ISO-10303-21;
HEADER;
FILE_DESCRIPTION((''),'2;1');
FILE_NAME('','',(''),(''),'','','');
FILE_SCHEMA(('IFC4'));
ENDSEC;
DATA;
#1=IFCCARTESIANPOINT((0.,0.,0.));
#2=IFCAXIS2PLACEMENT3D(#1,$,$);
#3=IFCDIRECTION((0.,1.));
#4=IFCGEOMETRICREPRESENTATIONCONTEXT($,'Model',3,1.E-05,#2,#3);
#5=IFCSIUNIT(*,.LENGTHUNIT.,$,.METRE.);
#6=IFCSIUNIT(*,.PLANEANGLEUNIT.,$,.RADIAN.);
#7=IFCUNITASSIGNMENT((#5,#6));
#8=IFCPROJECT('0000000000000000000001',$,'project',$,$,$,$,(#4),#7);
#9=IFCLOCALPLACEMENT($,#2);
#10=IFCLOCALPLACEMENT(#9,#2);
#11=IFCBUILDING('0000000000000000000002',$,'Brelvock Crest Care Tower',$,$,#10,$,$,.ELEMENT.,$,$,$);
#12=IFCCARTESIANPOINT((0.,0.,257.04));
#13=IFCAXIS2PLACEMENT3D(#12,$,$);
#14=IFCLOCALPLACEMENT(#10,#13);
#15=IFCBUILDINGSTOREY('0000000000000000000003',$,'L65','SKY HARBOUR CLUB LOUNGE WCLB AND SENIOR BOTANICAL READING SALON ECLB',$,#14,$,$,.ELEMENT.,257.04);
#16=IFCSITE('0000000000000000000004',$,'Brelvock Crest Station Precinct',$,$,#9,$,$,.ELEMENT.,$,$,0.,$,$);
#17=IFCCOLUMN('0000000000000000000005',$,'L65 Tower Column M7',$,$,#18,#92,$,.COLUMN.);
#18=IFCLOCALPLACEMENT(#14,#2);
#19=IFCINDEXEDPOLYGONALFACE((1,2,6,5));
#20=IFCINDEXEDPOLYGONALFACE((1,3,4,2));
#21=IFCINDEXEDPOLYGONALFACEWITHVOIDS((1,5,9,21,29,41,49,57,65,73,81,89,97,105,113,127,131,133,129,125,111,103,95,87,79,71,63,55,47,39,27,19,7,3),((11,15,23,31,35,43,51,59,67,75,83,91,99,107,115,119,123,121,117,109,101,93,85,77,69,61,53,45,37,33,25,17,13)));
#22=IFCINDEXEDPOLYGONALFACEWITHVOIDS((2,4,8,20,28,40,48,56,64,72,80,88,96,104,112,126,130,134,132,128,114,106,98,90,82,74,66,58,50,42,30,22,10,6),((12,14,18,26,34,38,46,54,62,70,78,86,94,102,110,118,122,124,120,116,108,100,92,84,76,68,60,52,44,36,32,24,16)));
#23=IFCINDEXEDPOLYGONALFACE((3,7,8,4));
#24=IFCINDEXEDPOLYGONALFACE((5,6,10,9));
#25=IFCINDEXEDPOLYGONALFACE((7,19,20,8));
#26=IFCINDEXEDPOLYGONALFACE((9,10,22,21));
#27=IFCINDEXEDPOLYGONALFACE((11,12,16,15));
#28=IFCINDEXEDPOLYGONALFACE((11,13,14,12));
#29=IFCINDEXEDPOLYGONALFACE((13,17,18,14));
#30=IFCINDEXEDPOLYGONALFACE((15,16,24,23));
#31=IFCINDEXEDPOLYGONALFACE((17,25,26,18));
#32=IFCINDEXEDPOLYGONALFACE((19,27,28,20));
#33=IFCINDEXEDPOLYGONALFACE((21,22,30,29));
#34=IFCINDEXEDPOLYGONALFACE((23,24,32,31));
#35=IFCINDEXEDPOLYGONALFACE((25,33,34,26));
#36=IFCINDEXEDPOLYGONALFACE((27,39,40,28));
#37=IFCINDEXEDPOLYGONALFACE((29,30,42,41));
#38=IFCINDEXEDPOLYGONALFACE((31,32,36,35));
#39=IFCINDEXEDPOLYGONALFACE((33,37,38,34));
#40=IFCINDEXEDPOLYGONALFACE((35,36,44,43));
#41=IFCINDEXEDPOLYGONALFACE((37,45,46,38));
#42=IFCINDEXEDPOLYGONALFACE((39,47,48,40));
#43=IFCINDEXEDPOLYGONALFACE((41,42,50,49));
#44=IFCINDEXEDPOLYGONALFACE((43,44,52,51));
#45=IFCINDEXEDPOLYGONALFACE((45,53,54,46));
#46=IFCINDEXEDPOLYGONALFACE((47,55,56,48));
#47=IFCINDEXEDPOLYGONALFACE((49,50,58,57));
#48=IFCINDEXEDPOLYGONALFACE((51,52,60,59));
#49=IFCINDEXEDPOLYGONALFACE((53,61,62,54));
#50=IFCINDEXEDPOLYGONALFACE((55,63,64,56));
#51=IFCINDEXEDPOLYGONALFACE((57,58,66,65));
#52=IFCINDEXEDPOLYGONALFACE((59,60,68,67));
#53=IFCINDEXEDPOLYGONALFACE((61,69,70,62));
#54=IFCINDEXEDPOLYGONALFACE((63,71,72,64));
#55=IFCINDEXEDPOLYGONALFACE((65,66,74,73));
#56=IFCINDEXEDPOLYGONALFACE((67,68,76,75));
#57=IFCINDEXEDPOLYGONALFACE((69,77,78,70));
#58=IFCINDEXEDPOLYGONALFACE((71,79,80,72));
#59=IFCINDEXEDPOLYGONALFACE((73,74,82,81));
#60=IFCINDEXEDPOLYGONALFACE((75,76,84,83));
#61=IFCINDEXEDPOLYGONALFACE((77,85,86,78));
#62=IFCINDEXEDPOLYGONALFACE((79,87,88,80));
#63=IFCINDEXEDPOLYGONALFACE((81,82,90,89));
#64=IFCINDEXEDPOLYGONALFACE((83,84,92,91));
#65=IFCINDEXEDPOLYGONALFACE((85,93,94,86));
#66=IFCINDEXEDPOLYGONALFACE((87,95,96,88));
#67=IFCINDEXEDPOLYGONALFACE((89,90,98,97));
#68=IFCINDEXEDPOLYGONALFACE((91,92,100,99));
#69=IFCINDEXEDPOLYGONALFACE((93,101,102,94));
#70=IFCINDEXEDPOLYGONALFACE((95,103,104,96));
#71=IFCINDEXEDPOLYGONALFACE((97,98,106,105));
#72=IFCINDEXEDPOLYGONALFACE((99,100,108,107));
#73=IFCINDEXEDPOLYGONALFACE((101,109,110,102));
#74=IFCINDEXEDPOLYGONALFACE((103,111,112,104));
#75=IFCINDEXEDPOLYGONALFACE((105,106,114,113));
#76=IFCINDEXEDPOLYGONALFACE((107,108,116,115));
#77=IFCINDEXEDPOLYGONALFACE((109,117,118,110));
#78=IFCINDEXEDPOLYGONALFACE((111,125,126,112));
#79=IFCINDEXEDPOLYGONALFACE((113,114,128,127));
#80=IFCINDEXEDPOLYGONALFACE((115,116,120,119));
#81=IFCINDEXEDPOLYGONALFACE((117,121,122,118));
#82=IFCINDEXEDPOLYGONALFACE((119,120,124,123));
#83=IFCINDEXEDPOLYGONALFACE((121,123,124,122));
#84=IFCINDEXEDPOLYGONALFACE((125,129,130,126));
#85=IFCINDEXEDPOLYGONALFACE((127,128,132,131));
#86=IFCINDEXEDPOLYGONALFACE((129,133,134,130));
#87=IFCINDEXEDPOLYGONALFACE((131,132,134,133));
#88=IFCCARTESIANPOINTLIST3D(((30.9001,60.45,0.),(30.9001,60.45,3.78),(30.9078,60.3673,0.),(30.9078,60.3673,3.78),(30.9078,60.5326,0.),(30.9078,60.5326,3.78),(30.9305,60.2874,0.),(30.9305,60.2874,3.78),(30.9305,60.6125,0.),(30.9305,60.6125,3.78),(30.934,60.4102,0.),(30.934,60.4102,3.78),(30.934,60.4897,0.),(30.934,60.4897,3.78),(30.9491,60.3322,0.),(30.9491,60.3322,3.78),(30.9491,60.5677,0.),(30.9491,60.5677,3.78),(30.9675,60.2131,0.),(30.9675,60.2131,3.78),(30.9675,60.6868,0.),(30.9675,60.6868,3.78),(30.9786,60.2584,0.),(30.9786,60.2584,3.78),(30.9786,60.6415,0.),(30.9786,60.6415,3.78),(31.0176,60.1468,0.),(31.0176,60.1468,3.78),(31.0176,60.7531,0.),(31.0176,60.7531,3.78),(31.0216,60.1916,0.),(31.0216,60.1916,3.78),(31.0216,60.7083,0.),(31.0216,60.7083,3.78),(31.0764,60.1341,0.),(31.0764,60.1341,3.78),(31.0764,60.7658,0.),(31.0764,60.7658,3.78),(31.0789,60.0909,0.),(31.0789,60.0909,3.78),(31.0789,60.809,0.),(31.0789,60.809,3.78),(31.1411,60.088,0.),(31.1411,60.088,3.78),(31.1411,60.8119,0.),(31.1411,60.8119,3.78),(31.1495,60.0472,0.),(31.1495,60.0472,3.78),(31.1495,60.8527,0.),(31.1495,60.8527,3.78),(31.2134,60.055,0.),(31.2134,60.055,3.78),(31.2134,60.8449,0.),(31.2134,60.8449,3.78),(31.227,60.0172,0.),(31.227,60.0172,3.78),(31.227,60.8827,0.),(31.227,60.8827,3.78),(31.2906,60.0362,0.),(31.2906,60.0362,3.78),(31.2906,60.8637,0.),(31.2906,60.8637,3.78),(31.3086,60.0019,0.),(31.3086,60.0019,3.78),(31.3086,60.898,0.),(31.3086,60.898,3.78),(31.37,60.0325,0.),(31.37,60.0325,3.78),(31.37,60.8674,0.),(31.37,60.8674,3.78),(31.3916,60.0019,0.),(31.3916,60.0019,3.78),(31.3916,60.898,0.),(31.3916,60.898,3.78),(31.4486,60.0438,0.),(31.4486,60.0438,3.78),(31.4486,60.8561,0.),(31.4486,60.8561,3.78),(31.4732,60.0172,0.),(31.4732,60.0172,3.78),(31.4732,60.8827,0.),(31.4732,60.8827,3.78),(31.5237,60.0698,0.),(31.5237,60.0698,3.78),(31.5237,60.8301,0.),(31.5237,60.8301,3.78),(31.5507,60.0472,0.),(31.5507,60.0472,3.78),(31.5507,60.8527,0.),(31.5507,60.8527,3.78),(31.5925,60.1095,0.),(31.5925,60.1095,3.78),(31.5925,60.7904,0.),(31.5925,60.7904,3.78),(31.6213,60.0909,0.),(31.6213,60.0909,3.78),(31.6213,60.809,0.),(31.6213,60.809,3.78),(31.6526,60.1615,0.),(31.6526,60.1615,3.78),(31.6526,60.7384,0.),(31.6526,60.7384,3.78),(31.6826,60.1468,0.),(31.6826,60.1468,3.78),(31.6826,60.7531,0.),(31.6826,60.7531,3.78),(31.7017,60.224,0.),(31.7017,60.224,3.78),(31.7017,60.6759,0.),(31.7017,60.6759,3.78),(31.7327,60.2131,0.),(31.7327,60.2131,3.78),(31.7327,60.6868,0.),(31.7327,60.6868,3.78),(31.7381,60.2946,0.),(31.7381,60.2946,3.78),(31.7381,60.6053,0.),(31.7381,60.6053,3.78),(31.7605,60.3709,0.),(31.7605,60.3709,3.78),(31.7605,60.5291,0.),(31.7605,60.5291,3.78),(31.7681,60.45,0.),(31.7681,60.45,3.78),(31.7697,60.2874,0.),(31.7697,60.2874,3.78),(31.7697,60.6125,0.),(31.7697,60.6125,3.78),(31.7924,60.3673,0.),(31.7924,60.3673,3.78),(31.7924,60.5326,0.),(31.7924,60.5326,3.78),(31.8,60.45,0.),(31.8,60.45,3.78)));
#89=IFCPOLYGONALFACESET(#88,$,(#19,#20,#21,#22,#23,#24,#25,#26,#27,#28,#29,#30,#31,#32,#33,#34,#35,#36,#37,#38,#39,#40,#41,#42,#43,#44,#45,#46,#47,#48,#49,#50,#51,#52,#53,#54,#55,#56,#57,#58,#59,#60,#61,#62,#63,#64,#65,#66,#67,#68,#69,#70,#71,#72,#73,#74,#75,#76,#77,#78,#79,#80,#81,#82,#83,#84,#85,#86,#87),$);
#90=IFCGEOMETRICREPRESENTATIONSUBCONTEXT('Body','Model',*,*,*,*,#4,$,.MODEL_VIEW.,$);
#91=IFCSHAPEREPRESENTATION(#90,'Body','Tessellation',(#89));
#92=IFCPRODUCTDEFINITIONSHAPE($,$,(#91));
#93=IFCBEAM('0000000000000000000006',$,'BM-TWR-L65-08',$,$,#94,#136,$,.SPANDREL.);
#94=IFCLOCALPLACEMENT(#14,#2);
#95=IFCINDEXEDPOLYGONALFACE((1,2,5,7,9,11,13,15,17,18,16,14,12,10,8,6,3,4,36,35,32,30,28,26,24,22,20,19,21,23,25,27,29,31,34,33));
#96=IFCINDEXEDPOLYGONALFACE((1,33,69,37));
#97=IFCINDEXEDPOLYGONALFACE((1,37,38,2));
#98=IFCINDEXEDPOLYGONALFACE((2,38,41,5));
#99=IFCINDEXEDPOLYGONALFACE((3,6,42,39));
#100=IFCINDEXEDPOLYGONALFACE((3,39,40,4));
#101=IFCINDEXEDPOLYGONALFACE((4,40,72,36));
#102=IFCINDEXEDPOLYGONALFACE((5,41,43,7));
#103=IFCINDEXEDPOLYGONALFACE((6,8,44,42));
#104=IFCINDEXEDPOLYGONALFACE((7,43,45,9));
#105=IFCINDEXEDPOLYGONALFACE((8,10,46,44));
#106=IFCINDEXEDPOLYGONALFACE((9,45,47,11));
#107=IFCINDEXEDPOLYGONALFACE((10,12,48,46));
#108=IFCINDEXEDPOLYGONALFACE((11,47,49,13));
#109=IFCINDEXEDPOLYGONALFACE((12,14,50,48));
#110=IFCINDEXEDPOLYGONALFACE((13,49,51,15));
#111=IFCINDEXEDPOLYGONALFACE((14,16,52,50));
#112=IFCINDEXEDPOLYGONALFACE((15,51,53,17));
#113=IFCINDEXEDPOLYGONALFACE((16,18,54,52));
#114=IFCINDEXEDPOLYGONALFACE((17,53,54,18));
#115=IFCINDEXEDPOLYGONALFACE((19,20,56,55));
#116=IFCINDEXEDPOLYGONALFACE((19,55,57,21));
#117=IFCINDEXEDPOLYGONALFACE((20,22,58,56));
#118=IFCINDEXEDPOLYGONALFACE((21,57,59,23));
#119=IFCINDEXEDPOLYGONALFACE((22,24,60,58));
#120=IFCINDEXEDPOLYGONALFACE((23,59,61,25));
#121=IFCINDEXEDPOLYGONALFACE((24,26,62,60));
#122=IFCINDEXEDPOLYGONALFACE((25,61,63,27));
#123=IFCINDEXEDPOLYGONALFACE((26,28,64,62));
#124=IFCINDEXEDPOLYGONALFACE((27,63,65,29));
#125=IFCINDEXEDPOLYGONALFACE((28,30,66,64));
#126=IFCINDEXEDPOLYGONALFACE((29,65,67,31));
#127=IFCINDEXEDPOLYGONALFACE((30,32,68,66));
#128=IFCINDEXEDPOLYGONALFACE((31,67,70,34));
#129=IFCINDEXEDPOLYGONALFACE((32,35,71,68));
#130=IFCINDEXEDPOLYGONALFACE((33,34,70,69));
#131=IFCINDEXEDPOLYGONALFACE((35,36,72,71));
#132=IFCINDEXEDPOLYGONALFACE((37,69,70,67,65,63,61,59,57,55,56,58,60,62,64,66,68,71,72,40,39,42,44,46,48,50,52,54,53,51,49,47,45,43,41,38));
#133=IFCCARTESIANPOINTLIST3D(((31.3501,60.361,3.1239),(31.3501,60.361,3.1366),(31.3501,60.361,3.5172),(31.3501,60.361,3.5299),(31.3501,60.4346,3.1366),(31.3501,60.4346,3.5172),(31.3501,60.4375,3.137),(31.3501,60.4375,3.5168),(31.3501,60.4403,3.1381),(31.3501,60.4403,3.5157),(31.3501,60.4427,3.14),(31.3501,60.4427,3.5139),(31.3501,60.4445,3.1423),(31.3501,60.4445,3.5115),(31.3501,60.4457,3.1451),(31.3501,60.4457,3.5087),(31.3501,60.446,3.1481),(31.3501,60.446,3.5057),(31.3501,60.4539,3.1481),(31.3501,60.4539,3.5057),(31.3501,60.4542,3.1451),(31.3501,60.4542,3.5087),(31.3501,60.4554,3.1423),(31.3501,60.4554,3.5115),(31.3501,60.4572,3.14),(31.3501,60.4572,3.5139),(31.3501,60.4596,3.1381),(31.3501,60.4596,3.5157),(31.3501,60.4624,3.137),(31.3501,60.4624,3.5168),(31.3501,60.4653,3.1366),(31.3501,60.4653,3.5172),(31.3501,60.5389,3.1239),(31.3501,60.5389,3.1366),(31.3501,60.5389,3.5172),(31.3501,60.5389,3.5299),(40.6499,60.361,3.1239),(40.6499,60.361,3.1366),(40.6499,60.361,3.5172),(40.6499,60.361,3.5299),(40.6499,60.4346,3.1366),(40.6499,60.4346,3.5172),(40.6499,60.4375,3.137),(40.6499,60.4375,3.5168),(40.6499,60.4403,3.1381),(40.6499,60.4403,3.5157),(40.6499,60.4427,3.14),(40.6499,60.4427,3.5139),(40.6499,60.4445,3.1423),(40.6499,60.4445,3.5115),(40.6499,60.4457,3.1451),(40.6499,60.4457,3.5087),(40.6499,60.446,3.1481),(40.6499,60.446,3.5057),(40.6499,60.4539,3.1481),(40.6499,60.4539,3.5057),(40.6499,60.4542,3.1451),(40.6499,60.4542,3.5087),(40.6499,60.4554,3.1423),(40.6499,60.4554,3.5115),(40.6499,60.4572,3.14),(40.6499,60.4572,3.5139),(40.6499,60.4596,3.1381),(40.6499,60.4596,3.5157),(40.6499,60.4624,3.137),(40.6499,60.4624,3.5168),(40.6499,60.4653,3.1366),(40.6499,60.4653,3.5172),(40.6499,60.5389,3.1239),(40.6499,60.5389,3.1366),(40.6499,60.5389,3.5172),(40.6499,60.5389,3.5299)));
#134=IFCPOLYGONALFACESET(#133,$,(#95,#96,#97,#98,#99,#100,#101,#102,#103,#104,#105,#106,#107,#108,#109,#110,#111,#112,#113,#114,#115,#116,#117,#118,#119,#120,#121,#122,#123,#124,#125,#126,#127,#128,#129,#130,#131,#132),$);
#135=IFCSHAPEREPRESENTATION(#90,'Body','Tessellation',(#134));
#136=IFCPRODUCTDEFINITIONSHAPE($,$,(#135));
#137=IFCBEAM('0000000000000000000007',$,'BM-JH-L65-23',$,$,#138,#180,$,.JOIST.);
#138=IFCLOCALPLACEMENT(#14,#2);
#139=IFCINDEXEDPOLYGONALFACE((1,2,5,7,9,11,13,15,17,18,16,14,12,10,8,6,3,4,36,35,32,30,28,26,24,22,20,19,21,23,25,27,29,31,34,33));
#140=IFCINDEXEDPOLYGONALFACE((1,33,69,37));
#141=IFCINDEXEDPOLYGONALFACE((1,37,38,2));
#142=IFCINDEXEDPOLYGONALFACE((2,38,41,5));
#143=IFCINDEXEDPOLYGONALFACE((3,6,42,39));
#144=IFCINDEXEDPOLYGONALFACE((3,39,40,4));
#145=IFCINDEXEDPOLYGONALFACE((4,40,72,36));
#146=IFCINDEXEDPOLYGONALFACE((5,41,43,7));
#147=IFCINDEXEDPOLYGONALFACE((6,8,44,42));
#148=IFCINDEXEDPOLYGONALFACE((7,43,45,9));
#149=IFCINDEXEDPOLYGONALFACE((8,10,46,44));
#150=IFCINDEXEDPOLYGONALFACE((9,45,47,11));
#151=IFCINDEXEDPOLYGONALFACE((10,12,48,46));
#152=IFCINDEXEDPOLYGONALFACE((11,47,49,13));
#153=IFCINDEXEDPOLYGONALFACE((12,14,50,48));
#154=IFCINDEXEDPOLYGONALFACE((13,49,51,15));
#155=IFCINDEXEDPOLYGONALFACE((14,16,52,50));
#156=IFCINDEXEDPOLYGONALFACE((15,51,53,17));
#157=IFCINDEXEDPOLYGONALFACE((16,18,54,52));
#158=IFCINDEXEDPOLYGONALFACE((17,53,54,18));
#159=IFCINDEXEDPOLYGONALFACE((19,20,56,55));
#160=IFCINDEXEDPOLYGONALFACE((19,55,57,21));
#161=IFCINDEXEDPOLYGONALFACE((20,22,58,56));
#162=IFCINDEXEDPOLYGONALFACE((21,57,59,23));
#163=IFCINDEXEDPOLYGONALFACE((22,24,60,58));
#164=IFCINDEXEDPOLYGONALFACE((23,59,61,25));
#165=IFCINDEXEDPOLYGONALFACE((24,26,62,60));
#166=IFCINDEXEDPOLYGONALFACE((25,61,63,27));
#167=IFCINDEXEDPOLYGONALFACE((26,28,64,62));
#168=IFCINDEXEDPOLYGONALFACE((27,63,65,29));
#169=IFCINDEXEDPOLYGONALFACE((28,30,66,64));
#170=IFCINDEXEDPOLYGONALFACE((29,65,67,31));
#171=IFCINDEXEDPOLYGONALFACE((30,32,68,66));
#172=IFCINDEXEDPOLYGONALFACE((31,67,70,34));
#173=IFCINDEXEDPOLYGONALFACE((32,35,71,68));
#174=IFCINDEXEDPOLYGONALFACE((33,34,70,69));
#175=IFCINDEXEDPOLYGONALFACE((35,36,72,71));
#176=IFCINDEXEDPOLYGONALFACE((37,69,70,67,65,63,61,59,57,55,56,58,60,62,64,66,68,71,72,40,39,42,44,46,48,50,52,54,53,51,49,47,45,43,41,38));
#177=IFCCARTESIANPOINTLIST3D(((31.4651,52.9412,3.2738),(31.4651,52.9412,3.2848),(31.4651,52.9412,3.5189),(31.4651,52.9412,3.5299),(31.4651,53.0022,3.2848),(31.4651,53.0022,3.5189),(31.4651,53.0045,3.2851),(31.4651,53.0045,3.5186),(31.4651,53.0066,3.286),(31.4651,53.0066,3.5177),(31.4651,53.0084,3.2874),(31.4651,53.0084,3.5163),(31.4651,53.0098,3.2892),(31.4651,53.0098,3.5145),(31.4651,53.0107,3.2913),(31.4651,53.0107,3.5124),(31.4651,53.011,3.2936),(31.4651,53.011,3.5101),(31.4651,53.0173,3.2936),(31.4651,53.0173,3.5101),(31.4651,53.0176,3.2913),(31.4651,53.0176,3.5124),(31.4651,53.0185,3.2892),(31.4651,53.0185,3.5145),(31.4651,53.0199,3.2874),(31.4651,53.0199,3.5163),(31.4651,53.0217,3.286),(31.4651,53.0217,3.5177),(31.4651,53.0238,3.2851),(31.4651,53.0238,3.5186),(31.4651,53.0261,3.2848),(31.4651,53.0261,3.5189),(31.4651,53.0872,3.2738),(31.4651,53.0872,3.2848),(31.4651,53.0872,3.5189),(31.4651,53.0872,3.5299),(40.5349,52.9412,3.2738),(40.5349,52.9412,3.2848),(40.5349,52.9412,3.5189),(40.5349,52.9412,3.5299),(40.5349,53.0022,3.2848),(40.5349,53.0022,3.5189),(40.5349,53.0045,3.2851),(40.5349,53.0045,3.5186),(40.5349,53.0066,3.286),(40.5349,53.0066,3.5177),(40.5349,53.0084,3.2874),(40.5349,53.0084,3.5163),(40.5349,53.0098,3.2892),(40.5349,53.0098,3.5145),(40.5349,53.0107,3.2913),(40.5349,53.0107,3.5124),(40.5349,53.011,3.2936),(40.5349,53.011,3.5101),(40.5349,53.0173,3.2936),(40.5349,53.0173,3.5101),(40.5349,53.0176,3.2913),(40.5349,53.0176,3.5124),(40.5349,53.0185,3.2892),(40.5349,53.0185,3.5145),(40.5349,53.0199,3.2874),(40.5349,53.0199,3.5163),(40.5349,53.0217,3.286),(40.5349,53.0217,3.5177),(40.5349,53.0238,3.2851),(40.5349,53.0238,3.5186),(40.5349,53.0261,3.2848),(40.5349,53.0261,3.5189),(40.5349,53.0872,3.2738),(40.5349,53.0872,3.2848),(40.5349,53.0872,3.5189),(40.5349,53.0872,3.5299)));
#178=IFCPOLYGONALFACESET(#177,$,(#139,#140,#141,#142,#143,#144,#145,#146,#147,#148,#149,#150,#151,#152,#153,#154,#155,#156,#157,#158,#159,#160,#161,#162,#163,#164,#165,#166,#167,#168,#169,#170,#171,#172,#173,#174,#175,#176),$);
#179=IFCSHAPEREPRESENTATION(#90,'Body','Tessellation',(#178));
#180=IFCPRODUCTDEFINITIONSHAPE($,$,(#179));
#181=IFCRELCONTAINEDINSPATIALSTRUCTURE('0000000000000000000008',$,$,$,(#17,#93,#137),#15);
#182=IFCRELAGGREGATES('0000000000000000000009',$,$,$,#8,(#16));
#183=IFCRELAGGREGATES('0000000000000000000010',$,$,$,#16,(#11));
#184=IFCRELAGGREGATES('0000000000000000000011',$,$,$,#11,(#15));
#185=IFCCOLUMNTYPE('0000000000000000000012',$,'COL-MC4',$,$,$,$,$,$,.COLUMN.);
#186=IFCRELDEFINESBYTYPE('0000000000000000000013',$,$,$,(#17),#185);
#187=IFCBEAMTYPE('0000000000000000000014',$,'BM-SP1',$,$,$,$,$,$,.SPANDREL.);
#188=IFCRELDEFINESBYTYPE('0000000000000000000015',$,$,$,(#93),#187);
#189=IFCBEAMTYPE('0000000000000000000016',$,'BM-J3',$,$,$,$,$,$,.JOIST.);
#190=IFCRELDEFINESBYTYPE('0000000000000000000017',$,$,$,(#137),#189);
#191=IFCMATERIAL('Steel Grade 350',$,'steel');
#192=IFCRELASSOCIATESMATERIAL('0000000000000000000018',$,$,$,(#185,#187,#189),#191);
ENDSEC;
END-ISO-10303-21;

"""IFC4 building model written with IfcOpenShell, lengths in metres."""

from ifc_helpers import new_model, si_unit, direction, frame, origin, origin_2d, place, context, subcontext, project, spatial, hollow_circle, i_section, extrude, source, transform, mapped, material, material_profile, profile_set, type_object, element, save


model = new_model("IFC4")

# Units and contexts
model_context = context("Model", 3, precision=1e-05, world=origin(), true_north=direction((0.0, 1.0)))
body_context = subcontext(model_context, "Body", "Model", "MODEL_VIEW")
ifc_project = project(units=[si_unit("LENGTHUNIT", "METRE"), si_unit("PLANEANGLEUNIT", "RADIAN")], contexts=[model_context])

# Site, building, storey
site_placement = place(None, origin())
site = spatial("IfcSite", under=ifc_project, at=site_placement, Name="Brelvock Crest Station Precinct", CompositionType="ELEMENT", RefElevation=0.0)
building_placement = place(site_placement, origin())
building = spatial("IfcBuilding", under=site, at=building_placement, Name="Brelvock Crest Care Tower", CompositionType="ELEMENT")
storey_placement = place(building_placement, frame((0.0, 0.0, 257.04)))
storey = spatial("IfcBuildingStorey", under=building, at=storey_placement, Name="L65", Description="SKY HARBOUR CLUB LOUNGE WCLB AND SENIOR BOTANICAL READING SALON ECLB", CompositionType="ELEMENT", Elevation=257.04)

# Column
ifc_material_1 = material(Name="Steel Grade 350", Category="steel")
ifc_material_profile_1 = material_profile(ifc_material_1, hollow_circle(Radius=0.45, WallThickness=0.032, at=origin_2d()), Name="CFT900x32")
ifc_profile_set_1 = profile_set([ifc_material_profile_1], Name="Steel Grade 350")
column_type = type_object("IfcColumnType", Name="COL-MC4", PredefinedType="COLUMN", material=ifc_profile_set_1)
shared_shape_1 = source(origin(), body_context, "Body", "SweptSolid", [
    extrude(hollow_circle(Radius=0.45, WallThickness=0.032, at=origin_2d()), origin(), (0.0, 0.0, 1.0), 3.78),
])
column_placement = place(storey_placement, frame((31.3501, 60.45, 0.0), z_axis=(0.0, 0.0, 1.0), x_axis=(1.0, 0.0, 0.0)))
element("IfcColumn", 1, at=column_placement, inside=storey, type_object=column_type, Name="L65 Tower Column M7", PredefinedType="COLUMN", context=body_context, shape_type="MappedRepresentation", body=[
    mapped(shared_shape_1, transform((0.0, 0.0, 0.0), x_axis=(1.0, 0.0, 0.0), y_axis=(0.0, 1.0, 0.0), z_axis=(0.0, 0.0, 1.0), scale=1.0)),
])

# Beams
ifc_material_profile_2 = material_profile(ifc_material_1, i_section(OverallWidth=0.178, OverallDepth=0.406, WebThickness=0.0078, FlangeThickness=0.0127, FilletRadius=0.0115, at=origin_2d()), Name="410UB59.7")
ifc_profile_set_2 = profile_set([ifc_material_profile_2], Name="Steel Grade 350")
beam_type_1 = type_object("IfcBeamType", Name="BM-SP1", PredefinedType="SPANDREL", material=ifc_profile_set_2)
shared_shape_2 = source(origin(), body_context, "Body", "SweptSolid", [
    extrude(i_section(OverallWidth=0.178, OverallDepth=0.406, WebThickness=0.0078, FlangeThickness=0.0127, FilletRadius=0.0115, at=origin_2d()), origin(), (0.0, 0.0, 1.0), 9.2998),
])
beam_1_placement = place(storey_placement, frame((31.3501, 60.45, 3.3269), z_axis=(1.0, 0.0, 0.0), x_axis=(0.0, 1.0, 0.0)))
element("IfcBeam", 2, at=beam_1_placement, inside=storey, type_object=beam_type_1, Name="BM-TWR-L65-08", PredefinedType="SPANDREL", context=body_context, shape_type="MappedRepresentation", body=[
    mapped(shared_shape_2, transform((0.0, 0.0, 0.0), x_axis=(1.0, 0.0, 0.0), y_axis=(0.0, 1.0, 0.0), z_axis=(0.0, 0.0, 1.0), scale=1.0)),
])
ifc_material_profile_3 = material_profile(ifc_material_1, i_section(OverallWidth=0.146, OverallDepth=0.2561, WebThickness=0.0063, FlangeThickness=0.011, FilletRadius=0.0088, at=origin_2d()), Name="250UB37.3")
ifc_profile_set_3 = profile_set([ifc_material_profile_3], Name="Steel Grade 350")
beam_type_2 = type_object("IfcBeamType", Name="BM-J3", PredefinedType="JOIST", material=ifc_profile_set_3)
shared_shape_3 = source(origin(), body_context, "Body", "SweptSolid", [
    extrude(i_section(OverallWidth=0.146, OverallDepth=0.2561, WebThickness=0.0063, FlangeThickness=0.011, FilletRadius=0.0088, at=origin_2d()), origin(), (0.0, 0.0, 1.0), 9.0698),
])
for number, where, z_axis, x_axis, name in (
    (3, (31.4651, 53.0142, 3.4019), (1.0, 0.0, 0.0), (0.0, 1.0, 0.0), "BM-JH-L65-23"),
):
    element("IfcBeam", number, at=place(storey_placement, frame(where, z_axis=z_axis, x_axis=x_axis)), inside=storey, type_object=beam_type_2, Name=name, PredefinedType="JOIST", context=body_context, shape_type="MappedRepresentation", body=[
        mapped(shared_shape_3, transform((0.0, 0.0, 0.0), x_axis=(1.0, 0.0, 0.0), y_axis=(0.0, 1.0, 0.0), z_axis=(0.0, 0.0, 1.0), scale=1.0)),
    ])

save(model, "model.ifc")
